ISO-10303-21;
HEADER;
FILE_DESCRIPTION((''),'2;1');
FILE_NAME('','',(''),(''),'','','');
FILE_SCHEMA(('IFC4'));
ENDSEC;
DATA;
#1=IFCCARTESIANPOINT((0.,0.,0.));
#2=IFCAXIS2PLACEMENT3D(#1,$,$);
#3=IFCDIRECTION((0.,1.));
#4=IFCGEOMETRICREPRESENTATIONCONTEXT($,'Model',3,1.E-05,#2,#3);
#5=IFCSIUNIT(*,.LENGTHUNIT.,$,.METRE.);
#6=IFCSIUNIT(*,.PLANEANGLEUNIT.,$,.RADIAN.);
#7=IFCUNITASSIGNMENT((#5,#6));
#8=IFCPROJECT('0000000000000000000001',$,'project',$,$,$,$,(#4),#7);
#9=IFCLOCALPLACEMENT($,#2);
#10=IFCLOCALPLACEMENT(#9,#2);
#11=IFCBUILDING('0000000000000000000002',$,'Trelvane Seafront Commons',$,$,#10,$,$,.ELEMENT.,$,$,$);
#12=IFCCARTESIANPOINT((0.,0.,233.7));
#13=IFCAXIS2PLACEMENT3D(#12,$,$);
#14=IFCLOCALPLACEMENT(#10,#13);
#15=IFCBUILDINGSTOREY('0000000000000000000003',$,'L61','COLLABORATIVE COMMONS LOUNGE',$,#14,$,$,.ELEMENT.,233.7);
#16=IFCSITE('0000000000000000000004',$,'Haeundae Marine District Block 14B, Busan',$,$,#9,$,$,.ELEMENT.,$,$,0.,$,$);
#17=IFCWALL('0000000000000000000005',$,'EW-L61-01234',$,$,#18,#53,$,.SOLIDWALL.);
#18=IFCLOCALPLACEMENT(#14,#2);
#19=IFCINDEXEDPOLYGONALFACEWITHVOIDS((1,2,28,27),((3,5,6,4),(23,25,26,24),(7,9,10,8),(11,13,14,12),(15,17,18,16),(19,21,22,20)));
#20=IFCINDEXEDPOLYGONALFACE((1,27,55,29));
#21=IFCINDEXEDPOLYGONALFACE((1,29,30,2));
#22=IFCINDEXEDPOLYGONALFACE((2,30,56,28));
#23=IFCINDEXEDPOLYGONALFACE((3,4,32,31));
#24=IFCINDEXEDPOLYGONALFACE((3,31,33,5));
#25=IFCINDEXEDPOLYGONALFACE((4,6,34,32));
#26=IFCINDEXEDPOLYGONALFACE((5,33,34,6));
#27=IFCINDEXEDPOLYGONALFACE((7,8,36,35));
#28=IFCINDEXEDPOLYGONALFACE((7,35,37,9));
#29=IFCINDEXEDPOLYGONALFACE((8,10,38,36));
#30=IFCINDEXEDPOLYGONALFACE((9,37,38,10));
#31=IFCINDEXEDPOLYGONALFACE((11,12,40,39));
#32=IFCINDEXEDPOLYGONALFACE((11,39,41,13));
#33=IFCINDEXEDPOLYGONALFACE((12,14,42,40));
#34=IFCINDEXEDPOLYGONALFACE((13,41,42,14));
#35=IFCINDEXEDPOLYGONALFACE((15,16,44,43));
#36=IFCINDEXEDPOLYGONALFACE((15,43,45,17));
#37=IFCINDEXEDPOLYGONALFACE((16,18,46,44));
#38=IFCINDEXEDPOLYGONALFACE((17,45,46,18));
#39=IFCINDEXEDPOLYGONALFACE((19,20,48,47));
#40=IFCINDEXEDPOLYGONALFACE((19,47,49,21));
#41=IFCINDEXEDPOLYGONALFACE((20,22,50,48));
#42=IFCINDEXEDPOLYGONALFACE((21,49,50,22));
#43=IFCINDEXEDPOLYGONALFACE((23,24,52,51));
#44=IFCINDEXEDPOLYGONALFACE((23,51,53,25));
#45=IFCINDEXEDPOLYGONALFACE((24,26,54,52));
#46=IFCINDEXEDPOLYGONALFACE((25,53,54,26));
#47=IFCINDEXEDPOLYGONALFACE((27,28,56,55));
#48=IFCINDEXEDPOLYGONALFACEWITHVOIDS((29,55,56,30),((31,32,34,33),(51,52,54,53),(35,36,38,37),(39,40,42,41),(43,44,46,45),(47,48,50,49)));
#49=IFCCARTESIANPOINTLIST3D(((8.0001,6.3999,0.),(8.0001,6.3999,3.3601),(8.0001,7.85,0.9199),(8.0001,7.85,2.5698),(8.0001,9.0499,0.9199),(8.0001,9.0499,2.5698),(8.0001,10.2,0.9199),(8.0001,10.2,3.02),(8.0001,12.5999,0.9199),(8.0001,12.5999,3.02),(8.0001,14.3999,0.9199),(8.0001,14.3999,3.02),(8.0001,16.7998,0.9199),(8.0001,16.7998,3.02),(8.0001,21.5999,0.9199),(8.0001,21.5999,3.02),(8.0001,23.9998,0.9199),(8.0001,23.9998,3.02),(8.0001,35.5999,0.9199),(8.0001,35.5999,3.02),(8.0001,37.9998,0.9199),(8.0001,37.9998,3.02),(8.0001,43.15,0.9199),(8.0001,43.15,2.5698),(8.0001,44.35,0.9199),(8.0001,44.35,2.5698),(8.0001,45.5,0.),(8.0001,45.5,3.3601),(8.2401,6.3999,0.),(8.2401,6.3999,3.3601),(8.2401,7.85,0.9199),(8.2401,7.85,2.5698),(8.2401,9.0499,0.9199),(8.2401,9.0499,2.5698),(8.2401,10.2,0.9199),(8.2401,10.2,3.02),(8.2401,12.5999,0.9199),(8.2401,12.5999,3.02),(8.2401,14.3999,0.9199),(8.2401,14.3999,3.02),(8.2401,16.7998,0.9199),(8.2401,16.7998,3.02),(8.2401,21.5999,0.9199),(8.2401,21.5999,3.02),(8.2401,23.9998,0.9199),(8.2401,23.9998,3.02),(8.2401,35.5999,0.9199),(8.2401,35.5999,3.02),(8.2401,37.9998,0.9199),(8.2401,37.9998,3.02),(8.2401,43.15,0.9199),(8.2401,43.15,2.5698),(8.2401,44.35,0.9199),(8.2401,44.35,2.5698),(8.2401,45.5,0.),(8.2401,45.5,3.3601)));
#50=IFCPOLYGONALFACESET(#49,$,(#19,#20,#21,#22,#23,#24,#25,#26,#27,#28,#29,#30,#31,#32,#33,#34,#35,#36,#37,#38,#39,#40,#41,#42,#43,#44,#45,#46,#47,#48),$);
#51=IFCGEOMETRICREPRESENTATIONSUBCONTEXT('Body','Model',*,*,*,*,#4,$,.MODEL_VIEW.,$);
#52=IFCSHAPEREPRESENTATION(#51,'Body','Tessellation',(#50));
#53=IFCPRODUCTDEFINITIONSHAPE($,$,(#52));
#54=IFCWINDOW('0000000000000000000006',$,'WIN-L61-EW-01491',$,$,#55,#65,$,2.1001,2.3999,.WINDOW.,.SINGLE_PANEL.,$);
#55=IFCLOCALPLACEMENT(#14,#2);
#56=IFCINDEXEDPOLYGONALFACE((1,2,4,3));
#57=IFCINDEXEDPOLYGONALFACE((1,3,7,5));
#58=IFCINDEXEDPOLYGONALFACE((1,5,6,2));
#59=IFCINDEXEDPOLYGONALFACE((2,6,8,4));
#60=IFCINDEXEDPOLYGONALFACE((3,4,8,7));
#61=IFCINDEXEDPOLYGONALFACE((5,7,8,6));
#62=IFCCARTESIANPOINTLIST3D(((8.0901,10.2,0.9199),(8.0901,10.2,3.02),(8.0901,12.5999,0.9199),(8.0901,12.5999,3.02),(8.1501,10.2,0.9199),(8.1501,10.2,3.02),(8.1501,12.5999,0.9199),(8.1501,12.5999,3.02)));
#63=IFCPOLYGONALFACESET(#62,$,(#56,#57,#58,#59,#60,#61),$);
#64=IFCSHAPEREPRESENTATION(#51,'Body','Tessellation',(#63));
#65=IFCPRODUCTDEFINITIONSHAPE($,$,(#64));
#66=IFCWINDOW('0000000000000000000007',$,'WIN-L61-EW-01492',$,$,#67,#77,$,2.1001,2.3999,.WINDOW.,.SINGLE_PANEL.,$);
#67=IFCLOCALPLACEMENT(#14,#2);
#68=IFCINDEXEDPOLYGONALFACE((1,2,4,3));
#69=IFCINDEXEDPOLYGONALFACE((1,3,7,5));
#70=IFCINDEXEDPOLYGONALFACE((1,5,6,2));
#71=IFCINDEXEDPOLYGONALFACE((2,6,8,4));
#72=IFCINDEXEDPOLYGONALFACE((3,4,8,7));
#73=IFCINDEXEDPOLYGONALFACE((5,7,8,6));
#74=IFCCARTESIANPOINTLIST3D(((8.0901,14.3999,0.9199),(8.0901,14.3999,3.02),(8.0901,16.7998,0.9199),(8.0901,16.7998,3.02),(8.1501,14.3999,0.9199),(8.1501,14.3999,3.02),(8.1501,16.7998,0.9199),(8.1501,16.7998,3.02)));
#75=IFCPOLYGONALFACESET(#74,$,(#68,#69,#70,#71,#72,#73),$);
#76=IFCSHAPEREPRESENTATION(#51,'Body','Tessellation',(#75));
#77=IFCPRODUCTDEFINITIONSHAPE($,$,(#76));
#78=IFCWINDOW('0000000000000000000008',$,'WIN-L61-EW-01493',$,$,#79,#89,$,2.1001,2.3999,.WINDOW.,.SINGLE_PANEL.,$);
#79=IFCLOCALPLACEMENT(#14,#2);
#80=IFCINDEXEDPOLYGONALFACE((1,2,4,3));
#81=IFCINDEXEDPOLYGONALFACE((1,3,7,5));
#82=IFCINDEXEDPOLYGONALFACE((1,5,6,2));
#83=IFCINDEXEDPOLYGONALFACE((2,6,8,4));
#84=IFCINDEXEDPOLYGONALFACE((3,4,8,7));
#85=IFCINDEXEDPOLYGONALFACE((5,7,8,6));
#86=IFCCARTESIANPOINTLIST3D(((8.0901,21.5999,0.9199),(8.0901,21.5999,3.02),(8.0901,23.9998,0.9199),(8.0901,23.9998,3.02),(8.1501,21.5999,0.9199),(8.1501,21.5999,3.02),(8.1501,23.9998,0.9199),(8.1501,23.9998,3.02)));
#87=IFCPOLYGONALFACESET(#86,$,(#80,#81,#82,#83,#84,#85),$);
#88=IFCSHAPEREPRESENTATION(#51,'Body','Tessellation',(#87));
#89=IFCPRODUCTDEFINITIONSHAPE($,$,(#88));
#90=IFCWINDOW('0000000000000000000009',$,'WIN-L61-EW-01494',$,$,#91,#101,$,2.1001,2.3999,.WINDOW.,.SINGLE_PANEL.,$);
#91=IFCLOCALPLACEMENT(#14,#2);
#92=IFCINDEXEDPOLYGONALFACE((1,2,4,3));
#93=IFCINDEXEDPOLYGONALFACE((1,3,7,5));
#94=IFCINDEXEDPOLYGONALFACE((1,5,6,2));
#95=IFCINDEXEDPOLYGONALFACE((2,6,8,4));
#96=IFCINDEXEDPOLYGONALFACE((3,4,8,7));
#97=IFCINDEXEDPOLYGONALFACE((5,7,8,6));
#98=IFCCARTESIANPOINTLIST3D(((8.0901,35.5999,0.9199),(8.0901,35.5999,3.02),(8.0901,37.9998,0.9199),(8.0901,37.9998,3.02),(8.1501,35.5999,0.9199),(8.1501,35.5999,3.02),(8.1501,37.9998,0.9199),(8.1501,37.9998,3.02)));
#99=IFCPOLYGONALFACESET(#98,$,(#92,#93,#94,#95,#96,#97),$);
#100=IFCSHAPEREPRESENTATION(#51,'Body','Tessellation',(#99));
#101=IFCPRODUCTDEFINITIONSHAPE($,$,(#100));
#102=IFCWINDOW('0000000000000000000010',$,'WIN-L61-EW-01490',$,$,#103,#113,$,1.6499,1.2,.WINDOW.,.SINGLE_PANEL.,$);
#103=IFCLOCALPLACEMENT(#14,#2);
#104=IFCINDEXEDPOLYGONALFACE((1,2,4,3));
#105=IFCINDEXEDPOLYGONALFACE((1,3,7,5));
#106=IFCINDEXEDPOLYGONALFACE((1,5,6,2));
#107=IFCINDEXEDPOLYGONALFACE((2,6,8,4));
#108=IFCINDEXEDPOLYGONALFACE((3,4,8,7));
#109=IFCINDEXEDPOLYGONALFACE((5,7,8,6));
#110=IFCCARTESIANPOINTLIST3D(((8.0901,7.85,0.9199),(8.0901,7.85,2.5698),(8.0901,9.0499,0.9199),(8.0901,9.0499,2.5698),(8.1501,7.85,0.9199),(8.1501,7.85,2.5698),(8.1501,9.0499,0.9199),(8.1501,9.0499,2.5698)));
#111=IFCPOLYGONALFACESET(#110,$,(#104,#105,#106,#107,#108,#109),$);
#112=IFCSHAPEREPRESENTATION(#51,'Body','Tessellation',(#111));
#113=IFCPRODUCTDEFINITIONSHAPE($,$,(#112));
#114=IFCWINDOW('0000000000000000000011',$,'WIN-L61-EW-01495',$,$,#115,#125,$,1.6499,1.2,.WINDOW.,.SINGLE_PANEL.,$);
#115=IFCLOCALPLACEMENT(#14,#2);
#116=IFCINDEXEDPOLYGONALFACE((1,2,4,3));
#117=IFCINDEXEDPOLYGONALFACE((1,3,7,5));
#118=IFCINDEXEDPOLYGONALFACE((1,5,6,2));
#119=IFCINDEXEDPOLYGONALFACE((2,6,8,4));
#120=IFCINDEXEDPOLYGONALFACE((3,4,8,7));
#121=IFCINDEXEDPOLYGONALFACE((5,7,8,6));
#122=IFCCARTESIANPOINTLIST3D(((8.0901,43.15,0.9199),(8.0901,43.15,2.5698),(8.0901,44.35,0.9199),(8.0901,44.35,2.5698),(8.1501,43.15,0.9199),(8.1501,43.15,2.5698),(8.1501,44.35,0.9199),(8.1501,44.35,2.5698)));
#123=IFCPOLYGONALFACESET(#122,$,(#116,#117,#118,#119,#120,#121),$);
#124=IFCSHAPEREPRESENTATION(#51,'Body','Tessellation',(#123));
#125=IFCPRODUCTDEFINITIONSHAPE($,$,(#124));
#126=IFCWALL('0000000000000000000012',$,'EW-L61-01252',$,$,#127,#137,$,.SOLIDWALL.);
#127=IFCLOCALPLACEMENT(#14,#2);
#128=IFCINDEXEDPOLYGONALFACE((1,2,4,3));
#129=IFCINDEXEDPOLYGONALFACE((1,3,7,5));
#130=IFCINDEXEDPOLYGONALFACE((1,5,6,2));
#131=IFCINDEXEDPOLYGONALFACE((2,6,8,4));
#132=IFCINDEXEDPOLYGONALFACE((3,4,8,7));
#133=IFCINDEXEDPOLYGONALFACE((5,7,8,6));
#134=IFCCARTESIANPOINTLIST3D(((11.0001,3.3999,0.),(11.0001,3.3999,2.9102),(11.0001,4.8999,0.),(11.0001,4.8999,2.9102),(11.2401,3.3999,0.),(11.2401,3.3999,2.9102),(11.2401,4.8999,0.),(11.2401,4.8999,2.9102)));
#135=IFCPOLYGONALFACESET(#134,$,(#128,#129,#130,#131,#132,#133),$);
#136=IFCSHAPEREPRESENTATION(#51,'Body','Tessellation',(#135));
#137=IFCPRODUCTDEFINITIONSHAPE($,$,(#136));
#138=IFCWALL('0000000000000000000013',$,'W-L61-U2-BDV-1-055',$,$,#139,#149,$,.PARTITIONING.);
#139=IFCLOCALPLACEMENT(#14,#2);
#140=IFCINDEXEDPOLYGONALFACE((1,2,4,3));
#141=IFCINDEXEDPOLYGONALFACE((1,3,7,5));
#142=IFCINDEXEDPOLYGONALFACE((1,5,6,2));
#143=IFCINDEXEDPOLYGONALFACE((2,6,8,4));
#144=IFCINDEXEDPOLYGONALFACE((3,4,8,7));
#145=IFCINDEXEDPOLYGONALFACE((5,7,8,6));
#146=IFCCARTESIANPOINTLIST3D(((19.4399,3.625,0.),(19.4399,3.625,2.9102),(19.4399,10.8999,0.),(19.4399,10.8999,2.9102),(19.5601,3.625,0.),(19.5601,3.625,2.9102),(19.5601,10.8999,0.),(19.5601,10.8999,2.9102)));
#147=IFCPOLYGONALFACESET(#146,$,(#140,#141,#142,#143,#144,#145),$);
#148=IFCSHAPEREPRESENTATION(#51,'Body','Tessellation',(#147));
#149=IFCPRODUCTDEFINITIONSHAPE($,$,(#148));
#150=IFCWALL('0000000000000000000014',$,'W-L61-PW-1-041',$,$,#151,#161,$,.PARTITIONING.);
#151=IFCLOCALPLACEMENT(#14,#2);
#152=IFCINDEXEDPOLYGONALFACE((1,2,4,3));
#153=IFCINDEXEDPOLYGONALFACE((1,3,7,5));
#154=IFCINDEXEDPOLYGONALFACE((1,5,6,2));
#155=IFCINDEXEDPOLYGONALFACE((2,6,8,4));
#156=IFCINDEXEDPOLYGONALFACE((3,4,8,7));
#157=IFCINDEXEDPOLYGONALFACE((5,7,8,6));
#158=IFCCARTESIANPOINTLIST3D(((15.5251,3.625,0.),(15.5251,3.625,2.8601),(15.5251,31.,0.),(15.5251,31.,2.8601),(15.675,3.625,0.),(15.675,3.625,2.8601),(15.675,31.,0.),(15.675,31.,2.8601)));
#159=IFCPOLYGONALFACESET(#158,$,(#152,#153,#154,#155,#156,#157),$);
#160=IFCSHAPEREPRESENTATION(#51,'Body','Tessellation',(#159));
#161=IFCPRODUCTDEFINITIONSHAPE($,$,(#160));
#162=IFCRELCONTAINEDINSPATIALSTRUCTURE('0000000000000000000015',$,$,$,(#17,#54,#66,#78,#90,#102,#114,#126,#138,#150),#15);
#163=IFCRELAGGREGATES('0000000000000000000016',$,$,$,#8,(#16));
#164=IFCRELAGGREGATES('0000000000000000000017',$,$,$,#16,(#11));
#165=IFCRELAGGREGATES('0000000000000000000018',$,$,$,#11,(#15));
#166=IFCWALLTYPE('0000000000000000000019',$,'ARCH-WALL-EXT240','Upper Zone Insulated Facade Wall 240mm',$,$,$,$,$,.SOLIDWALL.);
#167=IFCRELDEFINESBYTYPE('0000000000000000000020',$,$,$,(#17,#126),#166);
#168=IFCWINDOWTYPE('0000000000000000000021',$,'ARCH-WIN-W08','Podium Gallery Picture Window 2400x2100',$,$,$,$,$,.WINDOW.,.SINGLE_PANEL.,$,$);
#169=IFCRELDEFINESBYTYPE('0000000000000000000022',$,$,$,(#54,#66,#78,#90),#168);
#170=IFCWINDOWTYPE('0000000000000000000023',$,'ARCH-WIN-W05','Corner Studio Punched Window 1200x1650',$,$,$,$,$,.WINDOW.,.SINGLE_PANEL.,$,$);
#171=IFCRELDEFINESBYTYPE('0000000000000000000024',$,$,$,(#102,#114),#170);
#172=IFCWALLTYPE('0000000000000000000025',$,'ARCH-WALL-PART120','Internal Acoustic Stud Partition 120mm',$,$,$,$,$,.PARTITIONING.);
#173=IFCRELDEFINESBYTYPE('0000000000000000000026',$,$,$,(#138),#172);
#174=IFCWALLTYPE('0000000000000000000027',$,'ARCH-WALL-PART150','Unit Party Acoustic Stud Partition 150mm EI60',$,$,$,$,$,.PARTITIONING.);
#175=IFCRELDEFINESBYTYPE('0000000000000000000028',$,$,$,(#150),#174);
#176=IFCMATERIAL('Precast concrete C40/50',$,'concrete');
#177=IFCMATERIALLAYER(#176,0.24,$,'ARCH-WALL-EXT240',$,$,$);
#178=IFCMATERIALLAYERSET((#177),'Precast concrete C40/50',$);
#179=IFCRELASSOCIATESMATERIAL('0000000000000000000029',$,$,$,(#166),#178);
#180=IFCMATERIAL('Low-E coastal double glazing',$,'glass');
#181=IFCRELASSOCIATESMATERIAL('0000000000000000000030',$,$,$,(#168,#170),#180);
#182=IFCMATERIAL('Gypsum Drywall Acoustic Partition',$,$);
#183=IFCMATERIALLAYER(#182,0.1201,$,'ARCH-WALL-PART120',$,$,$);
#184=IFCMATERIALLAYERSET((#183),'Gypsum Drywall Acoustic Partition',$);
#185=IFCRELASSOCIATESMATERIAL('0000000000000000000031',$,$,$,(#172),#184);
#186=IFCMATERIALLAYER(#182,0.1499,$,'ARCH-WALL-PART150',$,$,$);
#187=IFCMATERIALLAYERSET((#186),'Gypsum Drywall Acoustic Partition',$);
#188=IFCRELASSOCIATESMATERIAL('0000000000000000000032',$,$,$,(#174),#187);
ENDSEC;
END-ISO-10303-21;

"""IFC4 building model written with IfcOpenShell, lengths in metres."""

from ifc_helpers import new_model, si_unit, direction, frame, frame_2d, origin, place, context, subcontext, project, spatial, rectangle, extrude, source, transform, mapped, material, layer, layer_set, type_object, element, fill, save


model = new_model("IFC4")

# Units and contexts
model_context = context("Model", 3, precision=1e-05, world=origin(), true_north=direction((0.0, 1.0)))
body_context = subcontext(model_context, "Body", "Model", "MODEL_VIEW")
ifc_project = project(units=[si_unit("LENGTHUNIT", "METRE"), si_unit("PLANEANGLEUNIT", "RADIAN")], contexts=[model_context])

# Site, building, storey
site_placement = place(None, origin())
site = spatial("IfcSite", under=ifc_project, at=site_placement, Name="Haeundae Marine District Block 14B, Busan", CompositionType="ELEMENT", RefElevation=0.0)
building_placement = place(site_placement, origin())
building = spatial("IfcBuilding", under=site, at=building_placement, Name="Trelvane Seafront Commons", CompositionType="ELEMENT")
storey_placement = place(building_placement, frame((0.0, 0.0, 233.7)))
storey = spatial("IfcBuildingStorey", under=building, at=storey_placement, Name="L61", Description="COLLABORATIVE COMMONS LOUNGE", CompositionType="ELEMENT", Elevation=233.7)

# Shared definitions
ifc_material_1 = material(Name="Precast concrete C40/50", Category="concrete")
ifc_layer_1 = layer(ifc_material_1, 0.24, Name="ARCH-WALL-EXT240")
ifc_layer_set_1 = layer_set([ifc_layer_1], Name="Precast concrete C40/50")
wall_type_1 = type_object("IfcWallType", Name="ARCH-WALL-EXT240", Description="Upper Zone Insulated Facade Wall 240mm", PredefinedType="SOLIDWALL", material=ifc_layer_set_1)

# Wall, openings, windows
wall_1_placement = place(storey_placement, frame((8.1201, 6.3999, 0.0), z_axis=(0.0, 0.0, 1.0), x_axis=(0.0, 1.0, 0.0)))
wall_1 = element("IfcWall", 1, at=wall_1_placement, inside=storey, type_object=wall_type_1, Name="EW-L61-01234", PredefinedType="SOLIDWALL", context=body_context, shape_type="SweptSolid", body=[
    extrude(rectangle(XDim=39.1001, YDim=0.24, at=frame_2d((19.55, 0.0))), origin(), (0.0, 0.0, 1.0), 3.3601),
])
opening_1_placement = place(wall_1_placement, frame((1.45, 0.0, 0.9199)))
opening_1 = element("IfcOpeningElement", 2, at=opening_1_placement, cuts=wall_1, PredefinedType="OPENING", context=body_context, shape_type="SweptSolid", body=[
    extrude(rectangle(XDim=1.2, YDim=1.6499, at=frame_2d((0.6001, 0.825))), frame((0.0, 0.1299, 0.0), z_axis=(0.0, -1.0, 0.0), x_axis=(1.0, 0.0, 0.0)), (0.0, 0.0, 1.0), 0.26),
])
opening_2_placement = place(wall_1_placement, frame((3.8, 0.0, 0.9199)))
opening_2 = element("IfcOpeningElement", 3, at=opening_2_placement, cuts=wall_1, PredefinedType="OPENING", context=body_context, shape_type="SweptSolid", body=[
    extrude(rectangle(XDim=2.3999, YDim=2.1001, at=frame_2d((1.2, 1.05))), frame((0.0, 0.1299, 0.0), z_axis=(0.0, -1.0, 0.0), x_axis=(1.0, 0.0, 0.0)), (0.0, 0.0, 1.0), 0.26),
])
opening_3_placement = place(wall_1_placement, frame((8.0, 0.0, 0.9199)))
opening_3 = element("IfcOpeningElement", 4, at=opening_3_placement, cuts=wall_1, PredefinedType="OPENING", context=body_context, shape_type="SweptSolid", body=[
    extrude(rectangle(XDim=2.3999, YDim=2.1001, at=frame_2d((1.2, 1.05))), frame((0.0, 0.1299, 0.0), z_axis=(0.0, -1.0, 0.0), x_axis=(1.0, 0.0, 0.0)), (0.0, 0.0, 1.0), 0.26),
])
opening_4_placement = place(wall_1_placement, frame((15.2, 0.0, 0.9199)))
opening_4 = element("IfcOpeningElement", 5, at=opening_4_placement, cuts=wall_1, PredefinedType="OPENING", context=body_context, shape_type="SweptSolid", body=[
    extrude(rectangle(XDim=2.3999, YDim=2.1001, at=frame_2d((1.2, 1.05))), frame((0.0, 0.1299, 0.0), z_axis=(0.0, -1.0, 0.0), x_axis=(1.0, 0.0, 0.0)), (0.0, 0.0, 1.0), 0.26),
])
opening_5_placement = place(wall_1_placement, frame((29.2, 0.0, 0.9199)))
opening_5 = element("IfcOpeningElement", 6, at=opening_5_placement, cuts=wall_1, PredefinedType="OPENING", context=body_context, shape_type="SweptSolid", body=[
    extrude(rectangle(XDim=2.3999, YDim=2.1001, at=frame_2d((1.2, 1.05))), frame((0.0, 0.1299, 0.0), z_axis=(0.0, -1.0, 0.0), x_axis=(1.0, 0.0, 0.0)), (0.0, 0.0, 1.0), 0.26),
])
opening_6_placement = place(wall_1_placement, frame((36.75, 0.0, 0.9199)))
opening_6 = element("IfcOpeningElement", 7, at=opening_6_placement, cuts=wall_1, PredefinedType="OPENING", context=body_context, shape_type="SweptSolid", body=[
    extrude(rectangle(XDim=1.2, YDim=1.6499, at=frame_2d((0.6001, 0.825))), frame((0.0, 0.1299, 0.0), z_axis=(0.0, -1.0, 0.0), x_axis=(1.0, 0.0, 0.0)), (0.0, 0.0, 1.0), 0.26),
])
ifc_material_2 = material(Name="Low-E coastal double glazing", Category="glass")
window_type_1 = type_object("IfcWindowType", Name="ARCH-WIN-W08", Description="Podium Gallery Picture Window 2400x2100", PartitioningType="SINGLE_PANEL", PredefinedType="WINDOW", material=ifc_material_2)
shared_shape_1 = source(origin(), body_context, "Body", "SweptSolid", [
    extrude(rectangle(XDim=2.3999, YDim=2.1001, at=frame_2d((1.2, 1.05))), frame((0.0, 0.03, 0.0), z_axis=(0.0, -1.0, 0.0), x_axis=(1.0, 0.0, 0.0)), (0.0, 0.0, 1.0), 0.0601),
])
window_1_placement = place(opening_2_placement, origin())
window_1 = element("IfcWindow", 8, at=window_1_placement, inside=storey, type_object=window_type_1, Name="WIN-L61-EW-01491", OverallHeight=2.1001, OverallWidth=2.3999, PartitioningType="SINGLE_PANEL", PredefinedType="WINDOW", context=body_context, shape_type="MappedRepresentation", body=[
    mapped(shared_shape_1, transform((0.0, 0.0, 0.0), x_axis=(1.0, 0.0, 0.0), y_axis=(0.0, 1.0, 0.0), z_axis=(0.0, 0.0, 1.0), scale=1.0)),
])
fill(opening_2, window_1)
window_2_placement = place(opening_3_placement, origin())
window_2 = element("IfcWindow", 9, at=window_2_placement, inside=storey, type_object=window_type_1, Name="WIN-L61-EW-01492", OverallHeight=2.1001, OverallWidth=2.3999, PartitioningType="SINGLE_PANEL", PredefinedType="WINDOW", context=body_context, shape_type="MappedRepresentation", body=[
    mapped(shared_shape_1, transform((0.0, 0.0, 0.0), x_axis=(1.0, 0.0, 0.0), y_axis=(0.0, 1.0, 0.0), z_axis=(0.0, 0.0, 1.0), scale=1.0)),
])
fill(opening_3, window_2)
window_3_placement = place(opening_4_placement, origin())
window_3 = element("IfcWindow", 10, at=window_3_placement, inside=storey, type_object=window_type_1, Name="WIN-L61-EW-01493", OverallHeight=2.1001, OverallWidth=2.3999, PartitioningType="SINGLE_PANEL", PredefinedType="WINDOW", context=body_context, shape_type="MappedRepresentation", body=[
    mapped(shared_shape_1, transform((0.0, 0.0, 0.0), x_axis=(1.0, 0.0, 0.0), y_axis=(0.0, 1.0, 0.0), z_axis=(0.0, 0.0, 1.0), scale=1.0)),
])
fill(opening_4, window_3)
window_4_placement = place(opening_5_placement, origin())
window_4 = element("IfcWindow", 11, at=window_4_placement, inside=storey, type_object=window_type_1, Name="WIN-L61-EW-01494", OverallHeight=2.1001, OverallWidth=2.3999, PartitioningType="SINGLE_PANEL", PredefinedType="WINDOW", context=body_context, shape_type="MappedRepresentation", body=[
    mapped(shared_shape_1, transform((0.0, 0.0, 0.0), x_axis=(1.0, 0.0, 0.0), y_axis=(0.0, 1.0, 0.0), z_axis=(0.0, 0.0, 1.0), scale=1.0)),
])
fill(opening_5, window_4)
window_type_2 = type_object("IfcWindowType", Name="ARCH-WIN-W05", Description="Corner Studio Punched Window 1200x1650", PartitioningType="SINGLE_PANEL", PredefinedType="WINDOW", material=ifc_material_2)
shared_shape_2 = source(origin(), body_context, "Body", "SweptSolid", [
    extrude(rectangle(XDim=1.2, YDim=1.6499, at=frame_2d((0.6001, 0.825))), frame((0.0, 0.03, 0.0), z_axis=(0.0, -1.0, 0.0), x_axis=(1.0, 0.0, 0.0)), (0.0, 0.0, 1.0), 0.0601),
])
window_5_placement = place(opening_1_placement, origin())
window_5 = element("IfcWindow", 12, at=window_5_placement, inside=storey, type_object=window_type_2, Name="WIN-L61-EW-01490", OverallHeight=1.6499, OverallWidth=1.2, PartitioningType="SINGLE_PANEL", PredefinedType="WINDOW", context=body_context, shape_type="MappedRepresentation", body=[
    mapped(shared_shape_2, transform((0.0, 0.0, 0.0), x_axis=(1.0, 0.0, 0.0), y_axis=(0.0, 1.0, 0.0), z_axis=(0.0, 0.0, 1.0), scale=1.0)),
])
fill(opening_1, window_5)
window_6_placement = place(opening_6_placement, origin())
window_6 = element("IfcWindow", 13, at=window_6_placement, inside=storey, type_object=window_type_2, Name="WIN-L61-EW-01495", OverallHeight=1.6499, OverallWidth=1.2, PartitioningType="SINGLE_PANEL", PredefinedType="WINDOW", context=body_context, shape_type="MappedRepresentation", body=[
    mapped(shared_shape_2, transform((0.0, 0.0, 0.0), x_axis=(1.0, 0.0, 0.0), y_axis=(0.0, 1.0, 0.0), z_axis=(0.0, 0.0, 1.0), scale=1.0)),
])
fill(opening_6, window_6)

# Wall
wall_2_placement = place(storey_placement, frame((11.1201, 3.3999, 0.0), z_axis=(0.0, 0.0, 1.0), x_axis=(0.0, 1.0, 0.0)))
element("IfcWall", 14, at=wall_2_placement, inside=storey, type_object=wall_type_1, Name="EW-L61-01252", PredefinedType="SOLIDWALL", context=body_context, shape_type="SweptSolid", body=[
    extrude(rectangle(XDim=1.5, YDim=0.24, at=frame_2d((0.75, 0.0))), origin(), (0.0, 0.0, 1.0), 2.9102),
])

# Shared definitions
ifc_material_3 = material(Name="Gypsum Drywall Acoustic Partition")
ifc_layer_2 = layer(ifc_material_3, 0.1201, Name="ARCH-WALL-PART120")
ifc_layer_set_2 = layer_set([ifc_layer_2], Name="Gypsum Drywall Acoustic Partition")
wall_type_2 = type_object("IfcWallType", Name="ARCH-WALL-PART120", Description="Internal Acoustic Stud Partition 120mm", PredefinedType="PARTITIONING", material=ifc_layer_set_2)

# Walls
wall_3_placement = place(storey_placement, frame((19.5, 3.625, 0.0), z_axis=(0.0, 0.0, 1.0), x_axis=(0.0, 1.0, 0.0)))
element("IfcWall", 15, at=wall_3_placement, inside=storey, type_object=wall_type_2, Name="W-L61-U2-BDV-1-055", PredefinedType="PARTITIONING", context=body_context, shape_type="SweptSolid", body=[
    extrude(rectangle(XDim=7.2749, YDim=0.1201, at=frame_2d((3.6375, 0.0))), origin(), (0.0, 0.0, 1.0), 2.9102),
])
ifc_layer_3 = layer(ifc_material_3, 0.1499, Name="ARCH-WALL-PART150")
ifc_layer_set_3 = layer_set([ifc_layer_3], Name="Gypsum Drywall Acoustic Partition")
wall_type_3 = type_object("IfcWallType", Name="ARCH-WALL-PART150", Description="Unit Party Acoustic Stud Partition 150mm EI60", PredefinedType="PARTITIONING", material=ifc_layer_set_3)
wall_4_placement = place(storey_placement, frame((15.6001, 3.625, 0.0), z_axis=(0.0, 0.0, 1.0), x_axis=(0.0, 1.0, 0.0)))
element("IfcWall", 16, at=wall_4_placement, inside=storey, type_object=wall_type_3, Name="W-L61-PW-1-041", PredefinedType="PARTITIONING", context=body_context, shape_type="SweptSolid", body=[
    extrude(rectangle(XDim=27.375, YDim=0.1499, at=frame_2d((13.6875, 0.0))), origin(), (0.0, 0.0, 1.0), 2.8601),
])

save(model, "model.ifc")
